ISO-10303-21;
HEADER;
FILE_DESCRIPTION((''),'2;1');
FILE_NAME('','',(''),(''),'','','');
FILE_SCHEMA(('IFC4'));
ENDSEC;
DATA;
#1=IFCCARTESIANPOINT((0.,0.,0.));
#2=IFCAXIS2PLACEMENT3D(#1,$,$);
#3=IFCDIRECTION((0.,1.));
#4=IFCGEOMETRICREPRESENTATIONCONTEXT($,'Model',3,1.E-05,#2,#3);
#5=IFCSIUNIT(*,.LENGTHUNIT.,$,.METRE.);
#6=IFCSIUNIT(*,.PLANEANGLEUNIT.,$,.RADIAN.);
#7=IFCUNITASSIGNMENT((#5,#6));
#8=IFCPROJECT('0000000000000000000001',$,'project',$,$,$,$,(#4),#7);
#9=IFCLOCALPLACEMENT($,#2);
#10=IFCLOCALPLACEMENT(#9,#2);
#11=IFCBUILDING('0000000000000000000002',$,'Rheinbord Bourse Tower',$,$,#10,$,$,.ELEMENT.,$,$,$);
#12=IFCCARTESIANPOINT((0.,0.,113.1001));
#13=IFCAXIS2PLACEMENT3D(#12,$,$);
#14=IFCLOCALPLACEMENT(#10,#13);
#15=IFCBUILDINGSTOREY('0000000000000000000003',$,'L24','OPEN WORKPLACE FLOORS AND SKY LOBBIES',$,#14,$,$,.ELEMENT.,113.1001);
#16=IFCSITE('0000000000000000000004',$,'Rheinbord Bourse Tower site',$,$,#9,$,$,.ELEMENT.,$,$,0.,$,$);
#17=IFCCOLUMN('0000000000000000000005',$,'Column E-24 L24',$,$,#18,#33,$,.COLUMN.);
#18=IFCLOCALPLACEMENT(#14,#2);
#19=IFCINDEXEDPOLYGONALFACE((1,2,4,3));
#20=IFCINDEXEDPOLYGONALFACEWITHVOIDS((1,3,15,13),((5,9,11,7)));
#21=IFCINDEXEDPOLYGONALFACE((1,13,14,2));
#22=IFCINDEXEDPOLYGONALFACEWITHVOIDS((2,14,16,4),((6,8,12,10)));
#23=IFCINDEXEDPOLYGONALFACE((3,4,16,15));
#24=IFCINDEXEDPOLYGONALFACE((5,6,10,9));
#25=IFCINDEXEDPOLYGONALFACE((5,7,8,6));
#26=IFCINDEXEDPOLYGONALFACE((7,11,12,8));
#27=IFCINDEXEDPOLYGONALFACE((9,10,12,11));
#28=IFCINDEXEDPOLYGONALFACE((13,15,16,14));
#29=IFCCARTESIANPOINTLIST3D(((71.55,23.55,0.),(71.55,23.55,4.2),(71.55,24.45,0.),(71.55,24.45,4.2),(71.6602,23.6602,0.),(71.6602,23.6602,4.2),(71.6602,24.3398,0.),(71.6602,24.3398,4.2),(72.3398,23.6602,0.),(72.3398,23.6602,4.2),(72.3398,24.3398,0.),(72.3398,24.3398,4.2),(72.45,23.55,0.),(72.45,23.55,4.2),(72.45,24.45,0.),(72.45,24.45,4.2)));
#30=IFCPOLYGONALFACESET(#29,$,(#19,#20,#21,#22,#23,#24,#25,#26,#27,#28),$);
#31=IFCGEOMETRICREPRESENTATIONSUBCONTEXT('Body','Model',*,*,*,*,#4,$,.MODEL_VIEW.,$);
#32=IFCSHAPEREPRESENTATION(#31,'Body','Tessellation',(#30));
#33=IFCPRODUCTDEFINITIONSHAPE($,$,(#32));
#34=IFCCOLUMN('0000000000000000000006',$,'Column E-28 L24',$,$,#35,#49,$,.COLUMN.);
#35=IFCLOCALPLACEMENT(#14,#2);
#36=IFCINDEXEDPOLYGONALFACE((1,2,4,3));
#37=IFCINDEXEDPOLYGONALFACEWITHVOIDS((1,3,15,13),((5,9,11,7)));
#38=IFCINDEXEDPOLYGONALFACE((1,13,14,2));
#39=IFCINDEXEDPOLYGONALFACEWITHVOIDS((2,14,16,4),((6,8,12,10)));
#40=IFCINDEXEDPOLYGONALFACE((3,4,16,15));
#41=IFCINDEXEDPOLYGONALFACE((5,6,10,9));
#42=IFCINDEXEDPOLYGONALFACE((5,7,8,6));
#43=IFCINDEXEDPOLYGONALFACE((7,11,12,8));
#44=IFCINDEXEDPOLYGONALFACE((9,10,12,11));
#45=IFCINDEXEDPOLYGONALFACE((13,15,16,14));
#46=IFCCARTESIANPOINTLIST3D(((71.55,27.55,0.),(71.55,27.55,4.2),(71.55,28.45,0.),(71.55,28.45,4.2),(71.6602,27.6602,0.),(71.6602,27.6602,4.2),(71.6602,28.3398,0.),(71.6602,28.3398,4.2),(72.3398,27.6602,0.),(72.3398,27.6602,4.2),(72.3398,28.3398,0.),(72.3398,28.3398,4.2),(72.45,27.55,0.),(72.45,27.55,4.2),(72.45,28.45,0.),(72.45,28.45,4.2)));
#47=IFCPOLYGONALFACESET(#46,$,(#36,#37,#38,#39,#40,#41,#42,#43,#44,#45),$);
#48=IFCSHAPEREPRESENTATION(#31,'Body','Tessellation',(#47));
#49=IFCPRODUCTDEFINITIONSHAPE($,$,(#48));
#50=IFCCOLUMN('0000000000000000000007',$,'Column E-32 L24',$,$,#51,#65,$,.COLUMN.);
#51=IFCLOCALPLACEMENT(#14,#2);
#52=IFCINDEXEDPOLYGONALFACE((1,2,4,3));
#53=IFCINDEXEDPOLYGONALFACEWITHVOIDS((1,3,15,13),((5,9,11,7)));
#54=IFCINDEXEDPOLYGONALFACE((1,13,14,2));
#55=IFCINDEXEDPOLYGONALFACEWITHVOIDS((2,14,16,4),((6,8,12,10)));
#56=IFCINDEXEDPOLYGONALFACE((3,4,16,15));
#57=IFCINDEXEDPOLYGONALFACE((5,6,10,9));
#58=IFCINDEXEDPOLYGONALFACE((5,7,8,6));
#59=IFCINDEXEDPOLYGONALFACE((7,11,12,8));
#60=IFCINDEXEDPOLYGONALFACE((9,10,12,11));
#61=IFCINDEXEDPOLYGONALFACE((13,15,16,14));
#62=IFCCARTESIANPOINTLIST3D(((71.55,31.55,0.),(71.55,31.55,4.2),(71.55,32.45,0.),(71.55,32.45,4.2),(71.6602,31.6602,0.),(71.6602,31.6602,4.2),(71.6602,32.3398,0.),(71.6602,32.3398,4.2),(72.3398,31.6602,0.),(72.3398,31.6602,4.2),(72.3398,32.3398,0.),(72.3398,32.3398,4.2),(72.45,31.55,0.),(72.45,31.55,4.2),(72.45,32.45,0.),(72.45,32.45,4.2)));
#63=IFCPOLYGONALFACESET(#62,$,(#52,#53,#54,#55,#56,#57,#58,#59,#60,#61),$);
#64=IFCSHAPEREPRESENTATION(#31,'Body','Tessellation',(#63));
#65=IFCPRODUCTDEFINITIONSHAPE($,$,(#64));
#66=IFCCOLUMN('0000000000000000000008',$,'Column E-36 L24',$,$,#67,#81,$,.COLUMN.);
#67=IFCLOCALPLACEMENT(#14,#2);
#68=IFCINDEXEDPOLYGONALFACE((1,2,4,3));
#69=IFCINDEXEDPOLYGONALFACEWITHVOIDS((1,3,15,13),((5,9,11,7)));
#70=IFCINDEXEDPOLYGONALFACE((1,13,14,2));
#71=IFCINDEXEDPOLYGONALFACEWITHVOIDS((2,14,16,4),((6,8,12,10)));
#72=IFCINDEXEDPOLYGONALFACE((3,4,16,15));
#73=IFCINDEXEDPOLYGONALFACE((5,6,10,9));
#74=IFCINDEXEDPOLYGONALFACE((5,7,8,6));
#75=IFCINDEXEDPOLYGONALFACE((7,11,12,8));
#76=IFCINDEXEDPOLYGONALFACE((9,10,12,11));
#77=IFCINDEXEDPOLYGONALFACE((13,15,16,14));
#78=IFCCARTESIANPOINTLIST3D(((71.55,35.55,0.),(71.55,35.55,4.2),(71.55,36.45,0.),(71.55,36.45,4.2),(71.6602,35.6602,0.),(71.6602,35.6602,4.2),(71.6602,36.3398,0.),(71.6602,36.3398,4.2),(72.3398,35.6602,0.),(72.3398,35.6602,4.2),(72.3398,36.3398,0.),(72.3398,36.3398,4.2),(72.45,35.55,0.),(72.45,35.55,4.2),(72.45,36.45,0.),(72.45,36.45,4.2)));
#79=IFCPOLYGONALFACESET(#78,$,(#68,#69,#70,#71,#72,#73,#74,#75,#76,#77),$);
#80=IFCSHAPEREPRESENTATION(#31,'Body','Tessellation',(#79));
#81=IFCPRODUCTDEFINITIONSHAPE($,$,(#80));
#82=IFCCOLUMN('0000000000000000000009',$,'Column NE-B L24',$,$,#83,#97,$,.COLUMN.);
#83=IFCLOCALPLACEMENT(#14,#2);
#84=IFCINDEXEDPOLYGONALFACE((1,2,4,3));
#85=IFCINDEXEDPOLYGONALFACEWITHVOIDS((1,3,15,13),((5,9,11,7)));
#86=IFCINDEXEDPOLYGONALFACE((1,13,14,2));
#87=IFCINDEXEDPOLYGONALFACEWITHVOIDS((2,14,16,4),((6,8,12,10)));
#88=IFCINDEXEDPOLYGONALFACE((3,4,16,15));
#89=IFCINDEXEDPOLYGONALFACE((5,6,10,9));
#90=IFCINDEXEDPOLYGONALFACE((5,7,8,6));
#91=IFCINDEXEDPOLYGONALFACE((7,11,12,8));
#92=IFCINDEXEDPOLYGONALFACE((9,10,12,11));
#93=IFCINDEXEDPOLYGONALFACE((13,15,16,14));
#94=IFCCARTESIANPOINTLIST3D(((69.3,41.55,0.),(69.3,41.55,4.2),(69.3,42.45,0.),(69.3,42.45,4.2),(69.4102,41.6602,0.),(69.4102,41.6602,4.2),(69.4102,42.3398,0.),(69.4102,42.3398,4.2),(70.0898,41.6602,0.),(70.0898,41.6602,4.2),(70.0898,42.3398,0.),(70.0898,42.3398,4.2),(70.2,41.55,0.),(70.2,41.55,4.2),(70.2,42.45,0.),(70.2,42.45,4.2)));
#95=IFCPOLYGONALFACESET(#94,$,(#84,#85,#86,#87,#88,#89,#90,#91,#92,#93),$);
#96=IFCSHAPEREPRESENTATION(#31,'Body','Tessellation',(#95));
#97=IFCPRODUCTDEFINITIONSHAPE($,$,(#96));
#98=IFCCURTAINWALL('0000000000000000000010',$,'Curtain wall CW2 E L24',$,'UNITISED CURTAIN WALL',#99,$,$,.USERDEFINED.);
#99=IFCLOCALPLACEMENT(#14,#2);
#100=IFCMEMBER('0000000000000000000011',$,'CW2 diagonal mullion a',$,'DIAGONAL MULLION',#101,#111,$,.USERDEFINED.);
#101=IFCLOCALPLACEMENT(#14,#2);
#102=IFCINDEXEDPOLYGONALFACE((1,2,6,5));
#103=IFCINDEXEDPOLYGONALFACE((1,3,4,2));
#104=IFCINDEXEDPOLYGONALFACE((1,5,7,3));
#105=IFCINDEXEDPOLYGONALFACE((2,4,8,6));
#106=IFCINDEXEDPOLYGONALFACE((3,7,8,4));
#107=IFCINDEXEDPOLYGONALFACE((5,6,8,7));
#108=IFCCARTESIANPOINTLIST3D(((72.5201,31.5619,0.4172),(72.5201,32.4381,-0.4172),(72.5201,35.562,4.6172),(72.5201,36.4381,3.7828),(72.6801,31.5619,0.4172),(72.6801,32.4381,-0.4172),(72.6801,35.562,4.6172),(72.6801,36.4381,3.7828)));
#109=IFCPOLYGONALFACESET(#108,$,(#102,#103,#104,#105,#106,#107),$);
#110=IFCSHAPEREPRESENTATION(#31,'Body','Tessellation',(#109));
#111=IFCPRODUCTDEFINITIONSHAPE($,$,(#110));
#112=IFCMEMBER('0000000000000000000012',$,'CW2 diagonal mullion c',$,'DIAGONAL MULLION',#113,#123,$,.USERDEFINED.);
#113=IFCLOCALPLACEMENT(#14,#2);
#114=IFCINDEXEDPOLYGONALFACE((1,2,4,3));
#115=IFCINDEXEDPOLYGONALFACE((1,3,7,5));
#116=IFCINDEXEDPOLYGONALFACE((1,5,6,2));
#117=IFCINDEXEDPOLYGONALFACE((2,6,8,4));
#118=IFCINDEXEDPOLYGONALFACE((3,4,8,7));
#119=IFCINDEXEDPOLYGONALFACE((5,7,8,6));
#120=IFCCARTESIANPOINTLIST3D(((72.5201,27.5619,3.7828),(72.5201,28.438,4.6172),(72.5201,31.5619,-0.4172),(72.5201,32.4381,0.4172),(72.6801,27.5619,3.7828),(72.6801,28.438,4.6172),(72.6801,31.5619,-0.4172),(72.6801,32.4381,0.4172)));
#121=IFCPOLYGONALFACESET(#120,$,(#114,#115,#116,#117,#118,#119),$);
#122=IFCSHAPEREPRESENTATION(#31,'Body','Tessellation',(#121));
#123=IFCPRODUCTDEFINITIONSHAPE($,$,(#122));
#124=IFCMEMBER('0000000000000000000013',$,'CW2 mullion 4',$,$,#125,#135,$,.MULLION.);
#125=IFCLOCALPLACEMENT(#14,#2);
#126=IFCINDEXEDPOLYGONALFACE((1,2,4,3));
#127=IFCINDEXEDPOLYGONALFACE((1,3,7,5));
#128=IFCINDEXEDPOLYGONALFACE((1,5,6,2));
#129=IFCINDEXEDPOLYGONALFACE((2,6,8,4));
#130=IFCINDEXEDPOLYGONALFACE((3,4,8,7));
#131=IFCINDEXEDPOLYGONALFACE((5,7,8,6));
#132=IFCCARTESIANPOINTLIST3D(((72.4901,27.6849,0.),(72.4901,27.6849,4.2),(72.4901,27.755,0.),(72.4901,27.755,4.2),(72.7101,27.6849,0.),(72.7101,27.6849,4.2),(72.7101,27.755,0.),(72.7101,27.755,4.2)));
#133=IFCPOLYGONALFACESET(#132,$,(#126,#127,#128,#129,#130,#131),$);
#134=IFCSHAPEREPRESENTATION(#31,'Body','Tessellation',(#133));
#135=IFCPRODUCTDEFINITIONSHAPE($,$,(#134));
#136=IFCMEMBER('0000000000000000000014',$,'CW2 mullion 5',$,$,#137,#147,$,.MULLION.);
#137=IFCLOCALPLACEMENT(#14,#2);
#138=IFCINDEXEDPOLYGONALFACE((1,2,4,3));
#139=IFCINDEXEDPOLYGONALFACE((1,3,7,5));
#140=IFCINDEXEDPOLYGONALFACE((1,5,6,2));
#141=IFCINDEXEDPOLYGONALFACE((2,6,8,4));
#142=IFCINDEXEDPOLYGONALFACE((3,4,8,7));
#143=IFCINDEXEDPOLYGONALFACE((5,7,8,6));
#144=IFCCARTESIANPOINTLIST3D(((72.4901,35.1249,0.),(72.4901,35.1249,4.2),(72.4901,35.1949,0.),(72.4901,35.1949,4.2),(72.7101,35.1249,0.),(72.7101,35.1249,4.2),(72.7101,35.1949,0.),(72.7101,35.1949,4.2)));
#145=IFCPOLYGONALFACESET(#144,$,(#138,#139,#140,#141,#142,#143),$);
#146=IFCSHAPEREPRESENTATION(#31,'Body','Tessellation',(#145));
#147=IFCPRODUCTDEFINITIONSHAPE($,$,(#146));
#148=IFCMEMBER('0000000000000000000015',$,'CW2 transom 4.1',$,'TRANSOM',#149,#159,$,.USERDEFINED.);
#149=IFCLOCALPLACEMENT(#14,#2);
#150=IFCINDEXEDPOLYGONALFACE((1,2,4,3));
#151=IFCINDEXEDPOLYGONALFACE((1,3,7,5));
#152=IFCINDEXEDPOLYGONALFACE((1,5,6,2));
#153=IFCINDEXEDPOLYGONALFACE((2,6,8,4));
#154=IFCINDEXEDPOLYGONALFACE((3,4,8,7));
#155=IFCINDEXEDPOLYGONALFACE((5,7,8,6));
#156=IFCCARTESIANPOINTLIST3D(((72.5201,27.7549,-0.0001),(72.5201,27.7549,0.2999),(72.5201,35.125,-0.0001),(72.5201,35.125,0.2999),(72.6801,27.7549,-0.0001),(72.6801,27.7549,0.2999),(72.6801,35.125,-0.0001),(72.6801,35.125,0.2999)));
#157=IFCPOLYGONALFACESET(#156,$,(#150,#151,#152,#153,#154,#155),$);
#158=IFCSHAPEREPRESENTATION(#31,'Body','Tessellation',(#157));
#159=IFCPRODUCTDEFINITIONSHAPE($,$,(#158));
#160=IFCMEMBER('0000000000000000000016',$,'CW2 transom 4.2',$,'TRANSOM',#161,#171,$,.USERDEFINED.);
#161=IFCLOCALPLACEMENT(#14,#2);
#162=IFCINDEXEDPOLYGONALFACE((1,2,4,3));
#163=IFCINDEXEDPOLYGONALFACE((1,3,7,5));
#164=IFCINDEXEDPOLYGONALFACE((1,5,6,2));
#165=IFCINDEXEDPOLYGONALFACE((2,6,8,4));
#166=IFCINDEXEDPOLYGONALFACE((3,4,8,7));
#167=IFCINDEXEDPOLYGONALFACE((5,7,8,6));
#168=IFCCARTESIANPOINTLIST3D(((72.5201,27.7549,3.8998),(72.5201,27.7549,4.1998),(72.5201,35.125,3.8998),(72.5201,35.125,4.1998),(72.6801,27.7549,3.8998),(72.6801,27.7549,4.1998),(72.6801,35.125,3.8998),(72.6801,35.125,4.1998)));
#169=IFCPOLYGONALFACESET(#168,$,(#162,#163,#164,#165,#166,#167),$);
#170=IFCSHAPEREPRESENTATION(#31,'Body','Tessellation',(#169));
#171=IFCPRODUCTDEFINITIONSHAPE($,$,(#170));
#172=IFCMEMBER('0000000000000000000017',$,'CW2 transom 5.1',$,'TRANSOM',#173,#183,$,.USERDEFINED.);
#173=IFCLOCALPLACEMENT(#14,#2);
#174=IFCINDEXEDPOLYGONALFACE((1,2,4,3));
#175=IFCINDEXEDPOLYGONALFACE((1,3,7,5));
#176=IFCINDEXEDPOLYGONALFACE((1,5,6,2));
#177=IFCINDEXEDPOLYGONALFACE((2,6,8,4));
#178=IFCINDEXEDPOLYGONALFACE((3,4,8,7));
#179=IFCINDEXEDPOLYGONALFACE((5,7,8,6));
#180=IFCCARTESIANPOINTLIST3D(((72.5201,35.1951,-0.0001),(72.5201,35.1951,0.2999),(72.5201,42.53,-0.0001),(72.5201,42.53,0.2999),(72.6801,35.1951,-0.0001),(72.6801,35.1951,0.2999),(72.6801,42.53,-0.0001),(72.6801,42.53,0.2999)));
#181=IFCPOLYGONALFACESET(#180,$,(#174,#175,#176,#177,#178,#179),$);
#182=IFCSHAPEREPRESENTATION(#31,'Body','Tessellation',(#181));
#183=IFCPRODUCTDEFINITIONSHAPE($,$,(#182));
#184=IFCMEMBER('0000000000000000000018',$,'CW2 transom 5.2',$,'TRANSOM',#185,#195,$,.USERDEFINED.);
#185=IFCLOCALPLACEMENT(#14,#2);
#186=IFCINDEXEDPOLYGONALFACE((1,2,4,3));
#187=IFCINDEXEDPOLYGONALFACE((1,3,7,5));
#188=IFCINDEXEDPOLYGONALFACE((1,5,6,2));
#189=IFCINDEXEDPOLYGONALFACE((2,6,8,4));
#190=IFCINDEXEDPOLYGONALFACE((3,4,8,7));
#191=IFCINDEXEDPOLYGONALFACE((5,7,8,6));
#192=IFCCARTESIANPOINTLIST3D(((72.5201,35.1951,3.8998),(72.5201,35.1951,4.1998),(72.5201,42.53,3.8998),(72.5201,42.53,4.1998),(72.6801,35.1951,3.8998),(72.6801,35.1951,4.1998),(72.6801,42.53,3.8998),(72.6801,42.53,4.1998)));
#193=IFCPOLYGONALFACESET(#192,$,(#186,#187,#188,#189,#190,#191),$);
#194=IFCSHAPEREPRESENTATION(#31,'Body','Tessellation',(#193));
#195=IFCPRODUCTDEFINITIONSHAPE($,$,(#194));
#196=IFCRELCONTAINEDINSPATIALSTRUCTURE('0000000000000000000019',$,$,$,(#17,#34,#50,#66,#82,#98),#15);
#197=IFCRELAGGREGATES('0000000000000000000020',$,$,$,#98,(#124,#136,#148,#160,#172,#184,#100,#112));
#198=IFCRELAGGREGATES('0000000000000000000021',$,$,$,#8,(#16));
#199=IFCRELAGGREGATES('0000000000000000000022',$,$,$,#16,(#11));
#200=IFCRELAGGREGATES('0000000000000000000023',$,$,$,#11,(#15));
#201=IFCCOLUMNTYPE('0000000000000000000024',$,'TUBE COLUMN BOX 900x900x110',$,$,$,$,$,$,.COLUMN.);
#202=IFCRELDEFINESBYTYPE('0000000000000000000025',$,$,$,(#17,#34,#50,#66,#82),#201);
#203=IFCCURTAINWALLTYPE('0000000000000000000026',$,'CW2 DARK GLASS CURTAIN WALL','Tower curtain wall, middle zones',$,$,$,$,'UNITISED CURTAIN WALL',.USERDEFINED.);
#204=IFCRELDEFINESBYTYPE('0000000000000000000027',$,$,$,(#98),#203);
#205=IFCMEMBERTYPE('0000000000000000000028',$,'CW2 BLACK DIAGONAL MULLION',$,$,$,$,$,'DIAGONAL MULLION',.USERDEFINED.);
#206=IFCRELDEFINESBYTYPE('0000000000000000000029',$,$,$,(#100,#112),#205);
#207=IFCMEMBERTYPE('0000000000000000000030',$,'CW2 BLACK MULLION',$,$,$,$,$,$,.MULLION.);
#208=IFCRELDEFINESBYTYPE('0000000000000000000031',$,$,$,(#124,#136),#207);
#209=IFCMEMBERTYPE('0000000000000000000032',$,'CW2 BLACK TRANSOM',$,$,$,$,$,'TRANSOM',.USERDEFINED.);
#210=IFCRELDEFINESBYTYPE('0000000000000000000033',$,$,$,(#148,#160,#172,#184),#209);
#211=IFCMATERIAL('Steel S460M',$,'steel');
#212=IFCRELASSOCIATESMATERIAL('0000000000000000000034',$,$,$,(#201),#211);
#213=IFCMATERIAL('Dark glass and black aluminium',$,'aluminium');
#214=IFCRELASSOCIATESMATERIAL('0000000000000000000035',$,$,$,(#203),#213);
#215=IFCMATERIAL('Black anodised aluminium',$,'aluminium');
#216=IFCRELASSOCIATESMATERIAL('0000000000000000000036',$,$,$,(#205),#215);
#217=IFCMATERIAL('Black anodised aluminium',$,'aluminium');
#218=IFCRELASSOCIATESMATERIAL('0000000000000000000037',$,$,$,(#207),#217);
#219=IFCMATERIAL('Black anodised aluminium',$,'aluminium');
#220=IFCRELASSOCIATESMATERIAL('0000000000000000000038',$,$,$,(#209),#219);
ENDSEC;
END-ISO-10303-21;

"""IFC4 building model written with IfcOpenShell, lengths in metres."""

from ifc_helpers import new_model, si_unit, direction, frame, origin, origin_2d, place, context, subcontext, project, spatial, rectangle, hollow_rectangle, extrude, material, material_profile, profile_set, type_object, element, aggregate, save


model = new_model("IFC4")

# Units and contexts
model_context = context("Model", 3, precision=1e-05, world=origin(), true_north=direction((0.0, 1.0)))
body_context = subcontext(model_context, "Body", "Model", "MODEL_VIEW")
ifc_project = project(units=[si_unit("LENGTHUNIT", "METRE"), si_unit("PLANEANGLEUNIT", "RADIAN")], contexts=[model_context])

# Site, building, storey
site_placement = place(None, origin())
site = spatial("IfcSite", under=ifc_project, at=site_placement, Name="Rheinbord Bourse Tower site", CompositionType="ELEMENT", RefElevation=0.0)
building_placement = place(site_placement, origin())
building = spatial("IfcBuilding", under=site, at=building_placement, Name="Rheinbord Bourse Tower", CompositionType="ELEMENT")
storey_placement = place(building_placement, frame((0.0, 0.0, 113.1001)))
storey = spatial("IfcBuildingStorey", under=building, at=storey_placement, Name="L24", Description="OPEN WORKPLACE FLOORS AND SKY LOBBIES", CompositionType="ELEMENT", Elevation=113.1001)

# Columns
ifc_material_1 = material(Name="Steel S460M", Category="steel")
ifc_material_profile_1 = material_profile(ifc_material_1, hollow_rectangle(XDim=0.8999, YDim=0.8999, WallThickness=0.1101, at=origin_2d()), Name="BOX 900x900x110")
ifc_profile_set_1 = profile_set([ifc_material_profile_1], Name="Steel S460M")
column_type = type_object("IfcColumnType", Name="TUBE COLUMN BOX 900x900x110", PredefinedType="COLUMN", material=ifc_profile_set_1)
for number, where, z_axis, x_axis, name in (
    (1, (72.0, 24.0, 0.0), (0.0, 0.0, 1.0), (1.0, 0.0, 0.0), "Column E-24 L24"),
    (2, (72.0, 28.0, 0.0), (0.0, 0.0, 1.0), (1.0, 0.0, 0.0), "Column E-28 L24"),
    (3, (72.0, 32.0, 0.0), (0.0, 0.0, 1.0), (1.0, 0.0, 0.0), "Column E-32 L24"),
    (4, (72.0, 36.0, 0.0), (0.0, 0.0, 1.0), (1.0, 0.0, 0.0), "Column E-36 L24"),
    (5, (69.75, 42.0, 0.0), (0.0, 0.0, 1.0), (1.0, 0.0, 0.0), "Column NE-B L24"),
):
    element("IfcColumn", number, at=place(storey_placement, frame(where, z_axis=z_axis, x_axis=x_axis)), inside=storey, type_object=column_type, Name=name, PredefinedType="COLUMN", context=body_context, shape_type="SweptSolid", body=[
        extrude(hollow_rectangle(XDim=0.8999, YDim=0.8999, WallThickness=0.1101, at=origin_2d()), origin(), (0.0, 0.0, 1.0), 4.2),
    ])

# Curtain wall, members
ifc_material_2 = material(Name="Dark glass and black aluminium", Category="aluminium")
curtain_wall_type = type_object("IfcCurtainWallType", Name="CW2 DARK GLASS CURTAIN WALL", Description="Tower curtain wall, middle zones", ElementType="UNITISED CURTAIN WALL", PredefinedType="USERDEFINED", material=ifc_material_2)
curtain_wall_placement = place(storey_placement, origin())
curtain_wall = element("IfcCurtainWall", 6, at=curtain_wall_placement, inside=storey, type_object=curtain_wall_type, Name="Curtain wall CW2 E L24", ObjectType="UNITISED CURTAIN WALL", PredefinedType="USERDEFINED")
ifc_material_3 = material(Name="Black anodised aluminium", Category="aluminium")
ifc_material_profile_2 = material_profile(ifc_material_3, rectangle(XDim=0.1599, YDim=1.21, at=origin_2d()), Name="CW2 DIAGONAL MULLION 1210x160")
ifc_profile_set_2 = profile_set([ifc_material_profile_2], Name="Black anodised aluminium")
member_type_1 = type_object("IfcMemberType", Name="CW2 BLACK DIAGONAL MULLION", ElementType="DIAGONAL MULLION", PredefinedType="USERDEFINED", material=ifc_profile_set_2)
member_1_placement = place(storey_placement, frame((72.6001, 32.0, 0.0), z_axis=(0.0, 0.689659, 0.724134), x_axis=(-1.0, 0.0, 0.0)))
member_1 = element("IfcMember", 7, at=member_1_placement, type_object=member_type_1, Name="CW2 diagonal mullion a", ObjectType="DIAGONAL MULLION", PredefinedType="USERDEFINED", context=body_context, shape_type="SweptSolid", body=[
    extrude(rectangle(XDim=0.1599, YDim=1.21, at=origin_2d()), origin(), (0.0, 0.0, 1.0), 5.8),
])
member_2_placement = place(storey_placement, frame((72.6001, 32.0, 0.0), z_axis=(0.0, -0.689659, 0.724134), x_axis=(1.0, 0.0, 0.0)))
member_2 = element("IfcMember", 8, at=member_2_placement, type_object=member_type_1, Name="CW2 diagonal mullion c", ObjectType="DIAGONAL MULLION", PredefinedType="USERDEFINED", context=body_context, shape_type="SweptSolid", body=[
    extrude(rectangle(XDim=0.1599, YDim=1.21, at=origin_2d()), origin(), (0.0, 0.0, 1.0), 5.8),
])
ifc_material_4 = material(Name="Black anodised aluminium", Category="aluminium")
ifc_material_profile_3 = material_profile(ifc_material_4, rectangle(XDim=0.22, YDim=0.0701, at=origin_2d()), Name="CW2 MULLION 70x220")
ifc_profile_set_3 = profile_set([ifc_material_profile_3], Name="Black anodised aluminium")
member_type_2 = type_object("IfcMemberType", Name="CW2 BLACK MULLION", PredefinedType="MULLION", material=ifc_profile_set_3)
member_3_placement = place(storey_placement, frame((72.6001, 27.72, 0.0), z_axis=(0.0, 0.0, 1.0), x_axis=(-1.0, 0.0, 0.0)))
member_3 = element("IfcMember", 9, at=member_3_placement, type_object=member_type_2, Name="CW2 mullion 4", PredefinedType="MULLION", context=body_context, shape_type="SweptSolid", body=[
    extrude(rectangle(XDim=0.22, YDim=0.0701, at=origin_2d()), origin(), (0.0, 0.0, 1.0), 4.2),
])
member_4_placement = place(storey_placement, frame((72.6001, 35.1599, 0.0), z_axis=(0.0, 0.0, 1.0), x_axis=(-1.0, 0.0, 0.0)))
member_4 = element("IfcMember", 10, at=member_4_placement, type_object=member_type_2, Name="CW2 mullion 5", PredefinedType="MULLION", context=body_context, shape_type="SweptSolid", body=[
    extrude(rectangle(XDim=0.22, YDim=0.0701, at=origin_2d()), origin(), (0.0, 0.0, 1.0), 4.2),
])
ifc_material_5 = material(Name="Black anodised aluminium", Category="aluminium")
ifc_material_profile_4 = material_profile(ifc_material_5, rectangle(XDim=0.1599, YDim=0.3, at=origin_2d()), Name="CW2 TRANSOM 300x160")
ifc_profile_set_4 = profile_set([ifc_material_profile_4], Name="Black anodised aluminium")
member_type_3 = type_object("IfcMemberType", Name="CW2 BLACK TRANSOM", ElementType="TRANSOM", PredefinedType="USERDEFINED", material=ifc_profile_set_4)
member_5_placement = place(storey_placement, frame((72.6001, 27.7549, 0.1499), z_axis=(0.0, 1.0, 0.0), x_axis=(-1.0, 0.0, 0.0)))
member_5 = element("IfcMember", 11, at=member_5_placement, type_object=member_type_3, Name="CW2 transom 4.1", ObjectType="TRANSOM", PredefinedType="USERDEFINED", context=body_context, shape_type="SweptSolid", body=[
    extrude(rectangle(XDim=0.1599, YDim=0.3, at=origin_2d()), origin(), (0.0, 0.0, 1.0), 7.3701),
])
member_6_placement = place(storey_placement, frame((72.6001, 27.7549, 4.0498), z_axis=(0.0, 1.0, 0.0), x_axis=(-1.0, 0.0, 0.0)))
member_6 = element("IfcMember", 12, at=member_6_placement, type_object=member_type_3, Name="CW2 transom 4.2", ObjectType="TRANSOM", PredefinedType="USERDEFINED", context=body_context, shape_type="SweptSolid", body=[
    extrude(rectangle(XDim=0.1599, YDim=0.3, at=origin_2d()), origin(), (0.0, 0.0, 1.0), 7.3701),
])
member_7_placement = place(storey_placement, frame((72.6001, 35.1951, 0.1499), z_axis=(0.0, 1.0, 0.0), x_axis=(-1.0, 0.0, 0.0)))
member_7 = element("IfcMember", 13, at=member_7_placement, type_object=member_type_3, Name="CW2 transom 5.1", ObjectType="TRANSOM", PredefinedType="USERDEFINED", context=body_context, shape_type="SweptSolid", body=[
    extrude(rectangle(XDim=0.1599, YDim=0.3, at=origin_2d()), origin(), (0.0, 0.0, 1.0), 7.335),
])
member_8_placement = place(storey_placement, frame((72.6001, 35.1951, 4.0498), z_axis=(0.0, 1.0, 0.0), x_axis=(-1.0, 0.0, 0.0)))
member_8 = element("IfcMember", 14, at=member_8_placement, type_object=member_type_3, Name="CW2 transom 5.2", ObjectType="TRANSOM", PredefinedType="USERDEFINED", context=body_context, shape_type="SweptSolid", body=[
    extrude(rectangle(XDim=0.1599, YDim=0.3, at=origin_2d()), origin(), (0.0, 0.0, 1.0), 7.335),
])

aggregate(curtain_wall, [member_3, member_4, member_5, member_6, member_7, member_8, member_1, member_2])

save(model, "model.ifc")
